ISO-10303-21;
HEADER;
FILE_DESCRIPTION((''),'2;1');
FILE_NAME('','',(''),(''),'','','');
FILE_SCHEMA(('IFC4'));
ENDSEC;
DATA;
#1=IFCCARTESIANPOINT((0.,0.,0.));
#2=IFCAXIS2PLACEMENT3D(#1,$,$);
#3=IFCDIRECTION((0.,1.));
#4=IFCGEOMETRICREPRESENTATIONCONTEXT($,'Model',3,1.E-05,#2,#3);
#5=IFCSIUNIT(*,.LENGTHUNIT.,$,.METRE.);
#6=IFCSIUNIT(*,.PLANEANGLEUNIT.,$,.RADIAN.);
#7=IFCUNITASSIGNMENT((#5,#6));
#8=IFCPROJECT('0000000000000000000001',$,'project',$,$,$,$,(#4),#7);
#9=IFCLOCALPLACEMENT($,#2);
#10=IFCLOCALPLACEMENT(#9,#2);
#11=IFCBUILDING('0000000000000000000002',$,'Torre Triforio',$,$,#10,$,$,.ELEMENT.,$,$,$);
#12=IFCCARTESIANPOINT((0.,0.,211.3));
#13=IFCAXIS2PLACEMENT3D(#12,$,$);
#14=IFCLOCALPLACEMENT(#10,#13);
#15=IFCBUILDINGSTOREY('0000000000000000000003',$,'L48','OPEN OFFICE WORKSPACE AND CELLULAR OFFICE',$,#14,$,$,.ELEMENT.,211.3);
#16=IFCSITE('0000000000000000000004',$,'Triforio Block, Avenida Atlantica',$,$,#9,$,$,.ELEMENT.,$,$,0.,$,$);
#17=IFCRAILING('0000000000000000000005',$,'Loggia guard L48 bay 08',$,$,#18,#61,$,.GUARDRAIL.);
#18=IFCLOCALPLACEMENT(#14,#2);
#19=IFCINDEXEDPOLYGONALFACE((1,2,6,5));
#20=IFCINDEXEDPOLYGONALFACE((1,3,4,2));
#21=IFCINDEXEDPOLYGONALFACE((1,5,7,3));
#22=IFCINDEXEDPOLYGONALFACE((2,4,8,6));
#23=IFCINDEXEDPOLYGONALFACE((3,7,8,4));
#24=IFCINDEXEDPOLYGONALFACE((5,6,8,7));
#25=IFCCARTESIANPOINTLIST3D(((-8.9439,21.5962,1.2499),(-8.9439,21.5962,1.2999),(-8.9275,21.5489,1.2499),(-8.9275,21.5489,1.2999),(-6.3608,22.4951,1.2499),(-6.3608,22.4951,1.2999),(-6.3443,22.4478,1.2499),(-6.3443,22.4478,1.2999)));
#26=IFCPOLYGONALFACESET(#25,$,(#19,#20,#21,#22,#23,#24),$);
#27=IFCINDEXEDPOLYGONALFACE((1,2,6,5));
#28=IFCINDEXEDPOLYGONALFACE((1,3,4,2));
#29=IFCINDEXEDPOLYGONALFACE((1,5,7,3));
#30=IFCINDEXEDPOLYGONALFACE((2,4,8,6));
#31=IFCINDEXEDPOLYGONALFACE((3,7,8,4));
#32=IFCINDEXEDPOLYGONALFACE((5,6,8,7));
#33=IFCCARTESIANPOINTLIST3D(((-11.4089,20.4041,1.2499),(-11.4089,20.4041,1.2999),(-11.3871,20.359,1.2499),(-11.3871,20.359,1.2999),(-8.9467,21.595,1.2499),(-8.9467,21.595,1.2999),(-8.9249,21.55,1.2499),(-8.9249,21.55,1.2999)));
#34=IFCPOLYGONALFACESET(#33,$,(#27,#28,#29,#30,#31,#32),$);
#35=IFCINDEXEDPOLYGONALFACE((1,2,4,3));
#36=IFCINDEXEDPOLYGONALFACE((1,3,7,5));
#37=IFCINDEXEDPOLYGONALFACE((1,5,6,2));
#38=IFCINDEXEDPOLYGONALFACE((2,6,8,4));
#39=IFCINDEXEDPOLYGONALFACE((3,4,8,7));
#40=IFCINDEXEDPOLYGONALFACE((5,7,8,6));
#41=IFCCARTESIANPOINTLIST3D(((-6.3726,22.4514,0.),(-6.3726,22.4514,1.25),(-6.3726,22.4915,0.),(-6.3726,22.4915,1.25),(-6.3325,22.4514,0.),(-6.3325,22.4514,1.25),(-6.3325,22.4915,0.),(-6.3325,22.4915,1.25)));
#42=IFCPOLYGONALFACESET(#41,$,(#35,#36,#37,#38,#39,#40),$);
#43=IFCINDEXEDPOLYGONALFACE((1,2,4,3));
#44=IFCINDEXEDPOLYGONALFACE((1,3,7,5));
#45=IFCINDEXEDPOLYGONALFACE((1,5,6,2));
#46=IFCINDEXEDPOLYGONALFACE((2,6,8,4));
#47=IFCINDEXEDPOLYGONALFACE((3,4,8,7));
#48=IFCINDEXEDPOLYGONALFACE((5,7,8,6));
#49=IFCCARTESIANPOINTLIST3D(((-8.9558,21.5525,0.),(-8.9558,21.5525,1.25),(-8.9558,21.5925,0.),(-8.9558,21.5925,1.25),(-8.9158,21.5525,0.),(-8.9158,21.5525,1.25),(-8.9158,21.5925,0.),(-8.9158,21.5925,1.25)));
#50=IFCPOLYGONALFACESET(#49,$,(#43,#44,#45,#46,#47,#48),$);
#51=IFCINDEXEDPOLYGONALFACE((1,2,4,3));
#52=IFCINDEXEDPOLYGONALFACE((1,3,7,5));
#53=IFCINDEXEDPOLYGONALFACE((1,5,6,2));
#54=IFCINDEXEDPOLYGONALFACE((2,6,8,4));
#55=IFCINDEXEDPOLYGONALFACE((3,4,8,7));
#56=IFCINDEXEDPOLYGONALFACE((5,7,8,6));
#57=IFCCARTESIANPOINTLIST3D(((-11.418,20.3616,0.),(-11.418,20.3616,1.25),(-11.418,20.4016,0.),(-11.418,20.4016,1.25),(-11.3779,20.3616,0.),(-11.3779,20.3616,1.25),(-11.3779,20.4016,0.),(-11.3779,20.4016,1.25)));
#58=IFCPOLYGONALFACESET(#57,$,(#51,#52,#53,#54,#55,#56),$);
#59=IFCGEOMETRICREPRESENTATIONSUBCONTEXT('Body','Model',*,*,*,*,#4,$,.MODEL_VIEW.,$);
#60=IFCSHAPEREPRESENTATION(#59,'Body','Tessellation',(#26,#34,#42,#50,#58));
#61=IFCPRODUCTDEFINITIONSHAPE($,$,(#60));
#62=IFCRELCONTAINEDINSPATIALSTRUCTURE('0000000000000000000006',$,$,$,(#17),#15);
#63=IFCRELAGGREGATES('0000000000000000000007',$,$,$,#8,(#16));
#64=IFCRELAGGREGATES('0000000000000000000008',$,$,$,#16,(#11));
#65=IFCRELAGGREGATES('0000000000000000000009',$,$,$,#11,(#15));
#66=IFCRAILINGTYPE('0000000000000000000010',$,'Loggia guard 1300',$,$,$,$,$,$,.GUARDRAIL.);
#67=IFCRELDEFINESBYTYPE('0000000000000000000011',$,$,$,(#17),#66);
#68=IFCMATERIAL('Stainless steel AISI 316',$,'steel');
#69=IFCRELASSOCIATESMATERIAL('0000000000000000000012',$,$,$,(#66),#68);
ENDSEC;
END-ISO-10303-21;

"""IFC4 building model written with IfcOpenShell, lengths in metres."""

from ifc_helpers import new_model, si_unit, direction, frame, origin, origin_2d, place, context, subcontext, project, spatial, rectangle, extrude, material, type_object, element, save


model = new_model("IFC4")

# Units and contexts
model_context = context("Model", 3, precision=1e-05, world=origin(), true_north=direction((0.0, 1.0)))
body_context = subcontext(model_context, "Body", "Model", "MODEL_VIEW")
ifc_project = project(units=[si_unit("LENGTHUNIT", "METRE"), si_unit("PLANEANGLEUNIT", "RADIAN")], contexts=[model_context])

# Site, building, storey
site_placement = place(None, origin())
site = spatial("IfcSite", under=ifc_project, at=site_placement, Name="Triforio Block, Avenida Atlantica", CompositionType="ELEMENT", RefElevation=0.0)
building_placement = place(site_placement, origin())
building = spatial("IfcBuilding", under=site, at=building_placement, Name="Torre Triforio", CompositionType="ELEMENT")
storey_placement = place(building_placement, frame((0.0, 0.0, 211.3)))
storey = spatial("IfcBuildingStorey", under=building, at=storey_placement, Name="L48", Description="OPEN OFFICE WORKSPACE AND CELLULAR OFFICE", CompositionType="ELEMENT", Elevation=211.3)

# Railing
ifc_material_1 = material(Name="Stainless steel AISI 316", Category="steel")
railing_type_1 = type_object("IfcRailingType", Name="Loggia guard 1300", PredefinedType="GUARDRAIL", material=ifc_material_1)
railing_1_placement = place(storey_placement, frame((-6.3525, 22.4714, 0.0)))
element("IfcRailing", 1, at=railing_1_placement, inside=storey, type_object=railing_type_1, Name="Loggia guard L48 bay 08", PredefinedType="GUARDRAIL", context=body_context, shape_type="SweptSolid", body=[
    extrude(rectangle(XDim=0.05, YDim=0.05, at=origin_2d()), frame((0.0, 0.0, 1.2749), z_axis=(-0.944451, -0.328652, 0.0), x_axis=(0.328652, -0.944451, 0.0)), (0.0, 0.0, 1.0), 2.7351),
    extrude(rectangle(XDim=0.05, YDim=0.05, at=origin_2d()), frame((-2.5833, -0.8989, 1.2749), z_axis=(-0.900224, -0.435428, 0.0), x_axis=(0.435428, -0.900224, 0.0)), (0.0, 0.0, 1.0), 2.7351),
    extrude(rectangle(XDim=0.04, YDim=0.04, at=origin_2d()), origin(), (0.0, 0.0, 1.0), 1.25),
    extrude(rectangle(XDim=0.04, YDim=0.04, at=origin_2d()), frame((-2.5833, -0.8989, 0.0)), (0.0, 0.0, 1.0), 1.25),
    extrude(rectangle(XDim=0.04, YDim=0.04, at=origin_2d()), frame((-5.0454, -2.0898, 0.0)), (0.0, 0.0, 1.0), 1.25),
])

save(model, "model.ifc")
